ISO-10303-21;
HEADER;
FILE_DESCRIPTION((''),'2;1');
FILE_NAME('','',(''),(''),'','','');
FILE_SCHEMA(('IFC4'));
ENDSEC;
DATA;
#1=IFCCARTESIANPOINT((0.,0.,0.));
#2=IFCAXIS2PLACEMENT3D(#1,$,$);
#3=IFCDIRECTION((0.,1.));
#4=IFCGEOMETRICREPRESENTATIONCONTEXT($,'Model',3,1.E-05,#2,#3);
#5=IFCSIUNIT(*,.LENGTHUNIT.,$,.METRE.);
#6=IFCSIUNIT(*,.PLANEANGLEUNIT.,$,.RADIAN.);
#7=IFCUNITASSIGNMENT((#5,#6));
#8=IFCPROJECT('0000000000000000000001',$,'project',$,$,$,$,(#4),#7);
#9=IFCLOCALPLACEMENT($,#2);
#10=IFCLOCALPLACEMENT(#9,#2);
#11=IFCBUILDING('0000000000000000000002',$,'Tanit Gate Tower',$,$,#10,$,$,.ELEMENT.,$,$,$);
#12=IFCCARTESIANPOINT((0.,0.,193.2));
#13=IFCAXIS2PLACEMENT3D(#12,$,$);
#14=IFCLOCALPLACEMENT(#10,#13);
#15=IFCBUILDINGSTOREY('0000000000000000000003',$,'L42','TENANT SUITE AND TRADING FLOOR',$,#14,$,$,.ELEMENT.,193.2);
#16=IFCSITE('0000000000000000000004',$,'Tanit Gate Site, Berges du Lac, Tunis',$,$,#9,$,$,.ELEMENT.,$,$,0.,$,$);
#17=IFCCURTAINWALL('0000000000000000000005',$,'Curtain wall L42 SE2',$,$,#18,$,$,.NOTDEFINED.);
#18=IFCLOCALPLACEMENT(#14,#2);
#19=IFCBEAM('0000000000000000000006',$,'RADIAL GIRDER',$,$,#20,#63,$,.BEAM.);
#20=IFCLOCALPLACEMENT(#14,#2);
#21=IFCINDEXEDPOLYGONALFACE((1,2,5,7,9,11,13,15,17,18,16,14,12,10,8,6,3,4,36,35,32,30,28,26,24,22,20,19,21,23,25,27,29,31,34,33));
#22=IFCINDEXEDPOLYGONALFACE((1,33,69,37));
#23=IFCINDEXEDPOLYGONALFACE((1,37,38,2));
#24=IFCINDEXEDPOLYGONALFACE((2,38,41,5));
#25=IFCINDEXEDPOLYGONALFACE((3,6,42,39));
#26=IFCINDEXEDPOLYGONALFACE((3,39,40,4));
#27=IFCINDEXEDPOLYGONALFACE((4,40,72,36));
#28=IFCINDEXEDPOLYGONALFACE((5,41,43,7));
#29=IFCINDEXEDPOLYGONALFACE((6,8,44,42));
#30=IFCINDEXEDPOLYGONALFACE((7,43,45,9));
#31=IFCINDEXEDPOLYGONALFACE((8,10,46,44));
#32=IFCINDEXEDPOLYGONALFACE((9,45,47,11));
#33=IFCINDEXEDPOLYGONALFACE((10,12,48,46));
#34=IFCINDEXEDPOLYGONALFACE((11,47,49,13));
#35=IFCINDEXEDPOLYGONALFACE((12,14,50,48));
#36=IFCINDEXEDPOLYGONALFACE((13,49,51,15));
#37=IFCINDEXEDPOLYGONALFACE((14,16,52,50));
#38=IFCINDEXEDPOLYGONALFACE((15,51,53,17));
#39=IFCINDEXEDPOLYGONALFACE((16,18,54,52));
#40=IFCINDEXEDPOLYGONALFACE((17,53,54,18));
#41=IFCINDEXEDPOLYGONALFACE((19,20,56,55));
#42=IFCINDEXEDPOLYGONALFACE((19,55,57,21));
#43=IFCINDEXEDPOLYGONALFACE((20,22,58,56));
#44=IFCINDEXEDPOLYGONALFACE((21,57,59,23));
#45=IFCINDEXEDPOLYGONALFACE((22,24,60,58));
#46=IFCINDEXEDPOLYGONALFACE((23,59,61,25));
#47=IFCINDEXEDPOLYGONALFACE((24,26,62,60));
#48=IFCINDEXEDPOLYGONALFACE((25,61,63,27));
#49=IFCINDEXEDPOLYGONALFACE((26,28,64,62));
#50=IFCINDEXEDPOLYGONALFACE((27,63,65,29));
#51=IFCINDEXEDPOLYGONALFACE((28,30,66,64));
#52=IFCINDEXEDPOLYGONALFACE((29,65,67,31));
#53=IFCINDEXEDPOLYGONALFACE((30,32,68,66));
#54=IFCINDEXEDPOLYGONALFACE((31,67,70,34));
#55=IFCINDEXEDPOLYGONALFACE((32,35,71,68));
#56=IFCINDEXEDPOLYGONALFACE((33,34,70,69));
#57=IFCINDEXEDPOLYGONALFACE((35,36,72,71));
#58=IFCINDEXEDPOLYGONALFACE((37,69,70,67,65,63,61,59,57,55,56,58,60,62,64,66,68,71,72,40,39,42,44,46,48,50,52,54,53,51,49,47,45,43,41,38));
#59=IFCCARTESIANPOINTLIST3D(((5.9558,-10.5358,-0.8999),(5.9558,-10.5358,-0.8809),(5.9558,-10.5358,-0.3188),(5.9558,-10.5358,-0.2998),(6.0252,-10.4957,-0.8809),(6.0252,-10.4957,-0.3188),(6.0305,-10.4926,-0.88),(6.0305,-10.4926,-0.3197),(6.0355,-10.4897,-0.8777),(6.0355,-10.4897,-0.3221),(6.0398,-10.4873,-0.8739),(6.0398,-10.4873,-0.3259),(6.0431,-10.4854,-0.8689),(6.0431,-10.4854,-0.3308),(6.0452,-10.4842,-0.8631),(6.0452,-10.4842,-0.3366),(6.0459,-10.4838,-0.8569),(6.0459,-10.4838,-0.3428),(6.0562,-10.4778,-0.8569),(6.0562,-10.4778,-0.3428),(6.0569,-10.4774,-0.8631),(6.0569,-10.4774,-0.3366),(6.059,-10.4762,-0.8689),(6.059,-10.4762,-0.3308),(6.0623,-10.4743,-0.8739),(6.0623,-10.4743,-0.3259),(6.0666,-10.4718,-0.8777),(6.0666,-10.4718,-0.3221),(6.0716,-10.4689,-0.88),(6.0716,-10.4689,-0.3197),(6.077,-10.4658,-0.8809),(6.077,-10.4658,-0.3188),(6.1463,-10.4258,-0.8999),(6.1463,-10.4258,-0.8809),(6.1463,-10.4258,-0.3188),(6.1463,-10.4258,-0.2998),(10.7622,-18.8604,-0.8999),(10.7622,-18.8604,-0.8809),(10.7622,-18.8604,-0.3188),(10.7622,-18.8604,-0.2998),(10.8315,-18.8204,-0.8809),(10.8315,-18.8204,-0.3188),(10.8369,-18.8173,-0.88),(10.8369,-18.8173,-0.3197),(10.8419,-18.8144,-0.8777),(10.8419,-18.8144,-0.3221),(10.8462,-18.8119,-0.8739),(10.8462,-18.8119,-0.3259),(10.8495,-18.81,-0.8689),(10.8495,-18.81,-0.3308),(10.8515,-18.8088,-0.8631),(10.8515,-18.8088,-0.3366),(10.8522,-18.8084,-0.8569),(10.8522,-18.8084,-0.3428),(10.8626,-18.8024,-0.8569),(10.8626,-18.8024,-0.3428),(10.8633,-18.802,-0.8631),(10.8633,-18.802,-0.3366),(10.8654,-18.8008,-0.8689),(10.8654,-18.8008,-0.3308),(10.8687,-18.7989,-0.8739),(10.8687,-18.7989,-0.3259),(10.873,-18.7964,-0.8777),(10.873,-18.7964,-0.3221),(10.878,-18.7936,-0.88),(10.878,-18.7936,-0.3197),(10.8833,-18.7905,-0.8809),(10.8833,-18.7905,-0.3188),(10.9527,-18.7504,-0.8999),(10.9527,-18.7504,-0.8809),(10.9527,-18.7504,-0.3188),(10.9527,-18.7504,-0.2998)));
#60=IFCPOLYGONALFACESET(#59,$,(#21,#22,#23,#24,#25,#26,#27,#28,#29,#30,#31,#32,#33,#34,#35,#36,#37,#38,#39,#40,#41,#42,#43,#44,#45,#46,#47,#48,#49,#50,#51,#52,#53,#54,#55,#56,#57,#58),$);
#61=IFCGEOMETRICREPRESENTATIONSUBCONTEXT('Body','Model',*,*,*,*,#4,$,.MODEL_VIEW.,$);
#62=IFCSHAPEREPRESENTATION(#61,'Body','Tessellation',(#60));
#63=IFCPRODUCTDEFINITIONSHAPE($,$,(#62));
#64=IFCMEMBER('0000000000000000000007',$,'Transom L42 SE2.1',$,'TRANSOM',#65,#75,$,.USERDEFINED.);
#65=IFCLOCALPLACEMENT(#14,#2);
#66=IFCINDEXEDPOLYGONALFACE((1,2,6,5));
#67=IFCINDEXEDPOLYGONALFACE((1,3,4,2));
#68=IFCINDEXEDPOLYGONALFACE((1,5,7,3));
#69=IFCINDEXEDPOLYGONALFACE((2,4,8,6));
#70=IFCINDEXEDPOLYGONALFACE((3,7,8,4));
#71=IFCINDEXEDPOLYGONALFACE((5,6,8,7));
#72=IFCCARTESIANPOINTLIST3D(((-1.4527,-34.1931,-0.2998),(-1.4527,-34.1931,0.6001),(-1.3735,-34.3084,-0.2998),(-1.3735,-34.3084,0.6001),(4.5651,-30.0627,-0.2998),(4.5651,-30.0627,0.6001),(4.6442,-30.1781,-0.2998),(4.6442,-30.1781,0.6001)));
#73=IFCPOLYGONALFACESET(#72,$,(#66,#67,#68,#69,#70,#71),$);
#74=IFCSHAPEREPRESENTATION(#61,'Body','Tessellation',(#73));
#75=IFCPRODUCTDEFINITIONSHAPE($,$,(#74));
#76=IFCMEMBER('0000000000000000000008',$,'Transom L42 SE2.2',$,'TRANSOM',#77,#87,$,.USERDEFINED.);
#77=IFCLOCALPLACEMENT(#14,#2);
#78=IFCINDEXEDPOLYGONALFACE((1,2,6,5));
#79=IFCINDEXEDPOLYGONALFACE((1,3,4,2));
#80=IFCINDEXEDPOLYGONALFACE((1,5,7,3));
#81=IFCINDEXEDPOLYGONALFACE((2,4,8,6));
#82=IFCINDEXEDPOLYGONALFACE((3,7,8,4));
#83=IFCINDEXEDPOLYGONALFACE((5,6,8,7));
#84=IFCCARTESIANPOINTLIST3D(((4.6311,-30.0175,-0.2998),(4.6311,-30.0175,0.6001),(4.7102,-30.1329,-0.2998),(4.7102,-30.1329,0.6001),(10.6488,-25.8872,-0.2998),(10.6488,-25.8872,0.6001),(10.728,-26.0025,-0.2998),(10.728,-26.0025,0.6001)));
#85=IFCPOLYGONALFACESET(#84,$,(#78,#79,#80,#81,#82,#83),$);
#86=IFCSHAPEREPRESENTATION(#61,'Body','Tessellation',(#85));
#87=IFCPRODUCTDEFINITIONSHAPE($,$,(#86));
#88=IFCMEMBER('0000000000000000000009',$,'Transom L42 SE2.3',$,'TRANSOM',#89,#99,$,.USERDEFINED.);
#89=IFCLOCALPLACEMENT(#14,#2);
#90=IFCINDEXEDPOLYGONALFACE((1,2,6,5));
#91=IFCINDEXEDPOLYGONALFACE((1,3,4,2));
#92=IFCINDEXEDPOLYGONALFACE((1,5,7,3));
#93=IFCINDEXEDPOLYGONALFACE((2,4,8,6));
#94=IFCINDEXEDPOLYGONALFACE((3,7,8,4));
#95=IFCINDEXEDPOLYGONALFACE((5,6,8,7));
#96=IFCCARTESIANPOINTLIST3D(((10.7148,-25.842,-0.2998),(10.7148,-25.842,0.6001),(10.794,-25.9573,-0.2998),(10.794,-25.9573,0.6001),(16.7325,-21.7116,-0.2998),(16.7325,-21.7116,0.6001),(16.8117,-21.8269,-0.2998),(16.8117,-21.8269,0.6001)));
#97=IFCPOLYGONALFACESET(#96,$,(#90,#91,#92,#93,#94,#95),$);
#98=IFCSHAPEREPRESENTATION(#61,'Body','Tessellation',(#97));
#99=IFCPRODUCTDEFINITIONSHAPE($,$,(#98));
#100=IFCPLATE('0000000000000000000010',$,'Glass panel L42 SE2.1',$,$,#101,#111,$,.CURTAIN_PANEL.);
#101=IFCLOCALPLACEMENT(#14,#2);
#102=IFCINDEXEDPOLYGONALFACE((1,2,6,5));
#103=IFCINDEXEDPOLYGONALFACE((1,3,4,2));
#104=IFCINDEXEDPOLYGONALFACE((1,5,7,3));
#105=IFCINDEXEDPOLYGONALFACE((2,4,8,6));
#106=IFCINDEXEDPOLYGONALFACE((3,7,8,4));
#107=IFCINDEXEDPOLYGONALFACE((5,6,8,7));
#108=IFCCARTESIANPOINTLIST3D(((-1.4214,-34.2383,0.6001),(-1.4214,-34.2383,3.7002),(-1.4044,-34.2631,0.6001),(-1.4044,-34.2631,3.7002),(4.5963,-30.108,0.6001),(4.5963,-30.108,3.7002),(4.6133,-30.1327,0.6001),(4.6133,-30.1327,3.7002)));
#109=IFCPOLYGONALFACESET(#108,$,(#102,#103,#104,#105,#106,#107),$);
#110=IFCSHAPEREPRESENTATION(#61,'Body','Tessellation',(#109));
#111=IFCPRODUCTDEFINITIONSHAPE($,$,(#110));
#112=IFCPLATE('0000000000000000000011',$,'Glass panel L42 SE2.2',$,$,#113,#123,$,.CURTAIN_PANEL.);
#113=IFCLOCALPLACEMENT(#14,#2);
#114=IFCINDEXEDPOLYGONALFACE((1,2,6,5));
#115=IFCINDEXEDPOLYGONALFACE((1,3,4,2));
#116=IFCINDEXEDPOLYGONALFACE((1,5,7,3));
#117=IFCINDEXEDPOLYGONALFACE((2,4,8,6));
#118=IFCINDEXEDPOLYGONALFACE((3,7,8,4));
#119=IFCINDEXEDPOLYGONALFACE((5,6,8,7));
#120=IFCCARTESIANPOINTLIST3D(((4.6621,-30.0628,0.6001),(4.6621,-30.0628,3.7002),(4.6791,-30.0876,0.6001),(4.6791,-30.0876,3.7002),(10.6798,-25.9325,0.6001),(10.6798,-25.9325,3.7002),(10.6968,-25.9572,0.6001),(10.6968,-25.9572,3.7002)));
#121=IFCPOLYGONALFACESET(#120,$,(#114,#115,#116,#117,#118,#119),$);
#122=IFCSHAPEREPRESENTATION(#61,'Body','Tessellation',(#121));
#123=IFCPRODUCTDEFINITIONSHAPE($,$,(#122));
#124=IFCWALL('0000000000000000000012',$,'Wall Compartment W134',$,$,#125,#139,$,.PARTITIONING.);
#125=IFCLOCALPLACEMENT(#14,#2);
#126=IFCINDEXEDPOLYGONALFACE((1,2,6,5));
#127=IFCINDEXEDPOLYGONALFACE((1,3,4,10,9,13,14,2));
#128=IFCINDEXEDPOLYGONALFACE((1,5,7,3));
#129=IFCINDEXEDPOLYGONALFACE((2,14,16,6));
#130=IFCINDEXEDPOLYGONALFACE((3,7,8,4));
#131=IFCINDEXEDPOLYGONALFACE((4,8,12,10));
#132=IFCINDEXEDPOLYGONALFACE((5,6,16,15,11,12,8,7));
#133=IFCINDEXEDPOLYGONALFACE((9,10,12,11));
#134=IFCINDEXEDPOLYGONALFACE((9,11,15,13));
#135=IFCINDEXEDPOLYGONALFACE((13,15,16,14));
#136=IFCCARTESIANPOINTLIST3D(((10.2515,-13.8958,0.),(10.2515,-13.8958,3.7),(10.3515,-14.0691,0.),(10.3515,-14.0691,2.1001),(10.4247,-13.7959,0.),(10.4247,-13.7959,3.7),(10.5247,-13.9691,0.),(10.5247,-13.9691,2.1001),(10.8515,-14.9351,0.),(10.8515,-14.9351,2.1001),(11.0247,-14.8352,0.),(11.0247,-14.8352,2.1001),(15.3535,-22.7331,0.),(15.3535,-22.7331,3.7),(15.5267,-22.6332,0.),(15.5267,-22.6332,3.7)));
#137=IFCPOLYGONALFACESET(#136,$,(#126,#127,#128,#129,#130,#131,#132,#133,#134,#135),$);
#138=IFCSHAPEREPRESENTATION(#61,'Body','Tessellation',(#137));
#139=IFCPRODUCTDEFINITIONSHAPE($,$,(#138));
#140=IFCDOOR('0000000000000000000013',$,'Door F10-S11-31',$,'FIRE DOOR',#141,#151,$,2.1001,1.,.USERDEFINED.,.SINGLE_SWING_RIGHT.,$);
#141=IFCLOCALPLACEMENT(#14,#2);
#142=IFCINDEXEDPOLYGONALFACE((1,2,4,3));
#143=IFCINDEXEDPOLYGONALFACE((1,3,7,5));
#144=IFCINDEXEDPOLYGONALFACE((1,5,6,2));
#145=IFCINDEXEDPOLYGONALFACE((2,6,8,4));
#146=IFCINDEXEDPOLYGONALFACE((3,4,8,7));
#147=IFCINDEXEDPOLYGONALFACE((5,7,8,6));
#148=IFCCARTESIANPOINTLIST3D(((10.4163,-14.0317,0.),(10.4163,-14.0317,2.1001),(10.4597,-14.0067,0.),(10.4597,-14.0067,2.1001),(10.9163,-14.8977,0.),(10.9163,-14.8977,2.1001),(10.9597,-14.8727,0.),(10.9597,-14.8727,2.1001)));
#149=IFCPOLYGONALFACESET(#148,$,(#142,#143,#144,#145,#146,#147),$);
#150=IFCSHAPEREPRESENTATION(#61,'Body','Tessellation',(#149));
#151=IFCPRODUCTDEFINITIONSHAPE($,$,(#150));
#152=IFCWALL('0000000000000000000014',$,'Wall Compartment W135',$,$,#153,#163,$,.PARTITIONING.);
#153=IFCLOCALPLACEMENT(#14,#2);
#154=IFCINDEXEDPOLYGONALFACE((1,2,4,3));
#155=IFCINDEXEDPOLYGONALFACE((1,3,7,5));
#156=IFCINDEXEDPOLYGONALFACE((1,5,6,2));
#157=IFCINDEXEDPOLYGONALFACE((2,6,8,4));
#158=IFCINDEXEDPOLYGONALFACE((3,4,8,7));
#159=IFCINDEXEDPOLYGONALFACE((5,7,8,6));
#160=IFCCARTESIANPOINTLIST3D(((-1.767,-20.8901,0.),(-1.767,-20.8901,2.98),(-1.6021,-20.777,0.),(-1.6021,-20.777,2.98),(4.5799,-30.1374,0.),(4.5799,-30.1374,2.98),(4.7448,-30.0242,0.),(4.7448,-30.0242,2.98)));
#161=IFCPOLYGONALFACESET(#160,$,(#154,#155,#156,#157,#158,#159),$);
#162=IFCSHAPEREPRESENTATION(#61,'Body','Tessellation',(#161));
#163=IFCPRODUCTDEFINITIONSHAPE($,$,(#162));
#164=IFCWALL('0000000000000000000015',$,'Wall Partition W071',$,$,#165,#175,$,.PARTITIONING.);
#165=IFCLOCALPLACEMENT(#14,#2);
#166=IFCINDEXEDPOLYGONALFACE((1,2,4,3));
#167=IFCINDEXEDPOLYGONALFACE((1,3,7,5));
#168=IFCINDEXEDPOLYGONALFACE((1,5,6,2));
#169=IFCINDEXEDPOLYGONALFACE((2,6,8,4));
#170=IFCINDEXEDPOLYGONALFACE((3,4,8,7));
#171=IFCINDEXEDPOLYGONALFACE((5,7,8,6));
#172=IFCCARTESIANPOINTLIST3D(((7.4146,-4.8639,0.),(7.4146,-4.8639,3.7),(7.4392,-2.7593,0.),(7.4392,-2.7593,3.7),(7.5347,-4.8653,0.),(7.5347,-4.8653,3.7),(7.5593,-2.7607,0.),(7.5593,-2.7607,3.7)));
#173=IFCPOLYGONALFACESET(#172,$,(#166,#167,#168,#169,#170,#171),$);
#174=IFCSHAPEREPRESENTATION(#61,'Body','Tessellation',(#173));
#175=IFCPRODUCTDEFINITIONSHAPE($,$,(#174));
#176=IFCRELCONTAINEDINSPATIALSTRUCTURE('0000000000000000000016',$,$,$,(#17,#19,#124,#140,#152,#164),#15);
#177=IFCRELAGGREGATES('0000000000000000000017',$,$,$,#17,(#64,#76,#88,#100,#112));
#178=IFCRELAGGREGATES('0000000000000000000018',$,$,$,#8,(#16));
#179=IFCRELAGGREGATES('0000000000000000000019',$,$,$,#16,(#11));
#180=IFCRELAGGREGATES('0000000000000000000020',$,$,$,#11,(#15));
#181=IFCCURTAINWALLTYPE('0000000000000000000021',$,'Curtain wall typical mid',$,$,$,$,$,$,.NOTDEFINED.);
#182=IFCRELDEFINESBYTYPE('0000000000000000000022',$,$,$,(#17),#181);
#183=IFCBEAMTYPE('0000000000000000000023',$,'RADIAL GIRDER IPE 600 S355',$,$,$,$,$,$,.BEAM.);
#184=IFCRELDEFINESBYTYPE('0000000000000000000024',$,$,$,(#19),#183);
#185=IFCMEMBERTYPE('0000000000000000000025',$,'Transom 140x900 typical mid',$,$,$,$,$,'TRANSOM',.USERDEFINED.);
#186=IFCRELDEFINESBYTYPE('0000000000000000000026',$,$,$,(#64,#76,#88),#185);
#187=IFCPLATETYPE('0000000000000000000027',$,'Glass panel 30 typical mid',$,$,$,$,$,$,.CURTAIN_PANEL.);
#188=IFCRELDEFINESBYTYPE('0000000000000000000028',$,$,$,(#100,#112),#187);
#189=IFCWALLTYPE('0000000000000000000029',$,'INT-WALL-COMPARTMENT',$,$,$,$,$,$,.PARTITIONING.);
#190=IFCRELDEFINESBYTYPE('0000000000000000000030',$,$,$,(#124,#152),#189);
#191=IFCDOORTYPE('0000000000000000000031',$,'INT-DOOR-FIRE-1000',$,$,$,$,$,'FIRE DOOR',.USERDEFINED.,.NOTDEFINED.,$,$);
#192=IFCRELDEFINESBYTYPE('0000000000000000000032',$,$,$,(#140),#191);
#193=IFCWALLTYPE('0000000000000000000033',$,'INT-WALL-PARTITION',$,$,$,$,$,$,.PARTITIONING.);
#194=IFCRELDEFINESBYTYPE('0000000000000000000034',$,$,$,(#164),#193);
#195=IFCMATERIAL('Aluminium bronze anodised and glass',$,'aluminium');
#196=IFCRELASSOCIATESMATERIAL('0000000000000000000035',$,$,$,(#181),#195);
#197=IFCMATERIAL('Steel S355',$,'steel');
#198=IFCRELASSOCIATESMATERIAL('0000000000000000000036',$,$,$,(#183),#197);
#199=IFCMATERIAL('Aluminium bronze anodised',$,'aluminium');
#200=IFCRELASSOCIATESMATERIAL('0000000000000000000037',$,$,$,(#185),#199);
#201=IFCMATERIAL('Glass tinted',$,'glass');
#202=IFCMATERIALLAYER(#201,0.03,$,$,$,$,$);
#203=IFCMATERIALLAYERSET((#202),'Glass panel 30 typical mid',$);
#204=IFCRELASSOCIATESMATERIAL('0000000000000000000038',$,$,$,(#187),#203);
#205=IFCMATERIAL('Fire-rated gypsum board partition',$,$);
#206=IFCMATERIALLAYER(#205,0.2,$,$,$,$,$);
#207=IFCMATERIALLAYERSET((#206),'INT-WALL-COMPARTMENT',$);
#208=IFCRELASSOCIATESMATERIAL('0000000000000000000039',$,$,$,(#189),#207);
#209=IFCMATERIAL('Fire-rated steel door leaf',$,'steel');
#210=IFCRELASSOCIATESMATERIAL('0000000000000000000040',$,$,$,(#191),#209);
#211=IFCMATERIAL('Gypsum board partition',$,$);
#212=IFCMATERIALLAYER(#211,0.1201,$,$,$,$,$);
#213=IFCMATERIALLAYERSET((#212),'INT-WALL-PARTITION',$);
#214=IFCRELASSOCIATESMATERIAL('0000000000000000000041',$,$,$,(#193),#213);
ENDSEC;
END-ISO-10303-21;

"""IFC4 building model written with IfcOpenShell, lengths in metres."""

from ifc_helpers import new_model, si_unit, direction, frame, frame_2d, origin, origin_2d, place, context, subcontext, project, spatial, rectangle, i_section, extrude, material, layer, layer_set, material_profile, profile_set, type_object, element, fill, aggregate, save


model = new_model("IFC4")

# Units and contexts
model_context = context("Model", 3, precision=1e-05, world=origin(), true_north=direction((0.0, 1.0)))
body_context = subcontext(model_context, "Body", "Model", "MODEL_VIEW")
ifc_project = project(units=[si_unit("LENGTHUNIT", "METRE"), si_unit("PLANEANGLEUNIT", "RADIAN")], contexts=[model_context])

# Site, building, storey
site_placement = place(None, origin())
site = spatial("IfcSite", under=ifc_project, at=site_placement, Name="Tanit Gate Site, Berges du Lac, Tunis", CompositionType="ELEMENT", RefElevation=0.0)
building_placement = place(site_placement, origin())
building = spatial("IfcBuilding", under=site, at=building_placement, Name="Tanit Gate Tower", CompositionType="ELEMENT")
storey_placement = place(building_placement, frame((0.0, 0.0, 193.2)))
storey = spatial("IfcBuildingStorey", under=building, at=storey_placement, Name="L42", Description="TENANT SUITE AND TRADING FLOOR", CompositionType="ELEMENT", Elevation=193.2)

# Curtain wall
ifc_material_1 = material(Name="Aluminium bronze anodised and glass", Category="aluminium")
curtain_wall_type = type_object("IfcCurtainWallType", Name="Curtain wall typical mid", PredefinedType="NOTDEFINED", material=ifc_material_1)
curtain_wall_1_placement = place(storey_placement, origin())
curtain_wall_1 = element("IfcCurtainWall", 1, at=curtain_wall_1_placement, inside=storey, type_object=curtain_wall_type, Name="Curtain wall L42 SE2", PredefinedType="NOTDEFINED")

# Beam
ifc_material_2 = material(Name="Steel S355", Category="steel")
ifc_material_profile_1 = material_profile(ifc_material_2, i_section(OverallWidth=0.22, OverallDepth=0.6001, WebThickness=0.012, FlangeThickness=0.019, FilletRadius=0.0239, at=origin_2d()), Name="IPE 600")
ifc_profile_set_1 = profile_set([ifc_material_profile_1], Name="Steel S355")
beam_type_1 = type_object("IfcBeamType", Name="RADIAL GIRDER IPE 600 S355", PredefinedType="BEAM", material=ifc_profile_set_1)
beam_1_placement = place(storey_placement, frame((10.8574, -18.8054, -0.5999), z_axis=(-0.50001, 0.86602, 0.0), x_axis=(-0.86602, -0.50001, 0.0)))
element("IfcBeam", 2, at=beam_1_placement, inside=storey, type_object=beam_type_1, Name="RADIAL GIRDER", PredefinedType="BEAM", context=body_context, shape_type="SweptSolid", body=[
    extrude(i_section(OverallWidth=0.22, OverallDepth=0.6001, WebThickness=0.012, FlangeThickness=0.019, FilletRadius=0.0239, at=origin_2d()), origin(), (0.0, 0.0, 1.0), 9.6125),
])

# Members
ifc_material_3 = material(Name="Aluminium bronze anodised", Category="aluminium")
ifc_material_profile_2 = material_profile(ifc_material_3, rectangle(XDim=0.1399, YDim=0.8999, at=origin_2d()), Name="140x900 bronze transom")
ifc_profile_set_2 = profile_set([ifc_material_profile_2], Name="Aluminium bronze anodised")
member_type_1 = type_object("IfcMemberType", Name="Transom 140x900 typical mid", ElementType="TRANSOM", PredefinedType="USERDEFINED", material=ifc_profile_set_2)
member_1_placement = place(storey_placement, frame((-1.4131, -34.2507, 0.1501), z_axis=(0.824482, 0.565888, 0.0), x_axis=(-0.565888, 0.824482, 0.0)))
member_1 = element("IfcMember", 3, at=member_1_placement, type_object=member_type_1, Name="Transom L42 SE2.1", ObjectType="TRANSOM", PredefinedType="USERDEFINED", context=body_context, shape_type="SweptSolid", body=[
    extrude(rectangle(XDim=0.1399, YDim=0.8999, at=origin_2d()), origin(), (0.0, 0.0, 1.0), 7.2988),
])
member_2_placement = place(storey_placement, frame((4.6707, -30.0752, 0.1501), z_axis=(0.824482, 0.565888, 0.0), x_axis=(-0.565888, 0.824482, 0.0)))
member_2 = element("IfcMember", 4, at=member_2_placement, type_object=member_type_1, Name="Transom L42 SE2.2", ObjectType="TRANSOM", PredefinedType="USERDEFINED", context=body_context, shape_type="SweptSolid", body=[
    extrude(rectangle(XDim=0.1399, YDim=0.8999, at=origin_2d()), origin(), (0.0, 0.0, 1.0), 7.2988),
])
member_3_placement = place(storey_placement, frame((10.7544, -25.8997, 0.1501), z_axis=(0.824471, 0.565904, 0.0), x_axis=(-0.565904, 0.824471, 0.0)))
member_3 = element("IfcMember", 5, at=member_3_placement, type_object=member_type_1, Name="Transom L42 SE2.3", ObjectType="TRANSOM", PredefinedType="USERDEFINED", context=body_context, shape_type="SweptSolid", body=[
    extrude(rectangle(XDim=0.1399, YDim=0.8999, at=origin_2d()), origin(), (0.0, 0.0, 1.0), 7.2988),
])

# Plates
ifc_material_4 = material(Name="Glass tinted", Category="glass")
ifc_layer_1 = layer(ifc_material_4, 0.03)
ifc_layer_set_1 = layer_set([ifc_layer_1], Name="Glass panel 30 typical mid")
plate_type = type_object("IfcPlateType", Name="Glass panel 30 typical mid", PredefinedType="CURTAIN_PANEL", material=ifc_layer_set_1)
plate_1_placement = place(storey_placement, frame((1.5959, -32.1855, 0.6001), z_axis=(0.0, 0.0, 1.0), x_axis=(0.824479, 0.565893, 0.0)))
plate_1 = element("IfcPlate", 6, at=plate_1_placement, type_object=plate_type, Name="Glass panel L42 SE2.1", PredefinedType="CURTAIN_PANEL", context=body_context, shape_type="SweptSolid", body=[
    extrude(rectangle(XDim=7.2988, YDim=0.03, at=origin_2d()), origin(), (0.0, 0.0, 1.0), 3.1001),
])
plate_2_placement = place(storey_placement, frame((7.6794, -28.01, 0.6001), z_axis=(0.0, 0.0, 1.0), x_axis=(0.824479, 0.565893, 0.0)))
plate_2 = element("IfcPlate", 7, at=plate_2_placement, type_object=plate_type, Name="Glass panel L42 SE2.2", PredefinedType="CURTAIN_PANEL", context=body_context, shape_type="SweptSolid", body=[
    extrude(rectangle(XDim=7.2988, YDim=0.03, at=origin_2d()), origin(), (0.0, 0.0, 1.0), 3.1001),
])
aggregate(curtain_wall_1, [member_1, member_2, member_3, plate_1, plate_2])

# Wall, opening, door
ifc_material_5 = material(Name="Fire-rated gypsum board partition")
ifc_layer_2 = layer(ifc_material_5, 0.2)
ifc_layer_set_2 = layer_set([ifc_layer_2], Name="INT-WALL-COMPARTMENT")
wall_type_1 = type_object("IfcWallType", Name="INT-WALL-COMPARTMENT", PredefinedType="PARTITIONING", material=ifc_layer_set_2)
wall_1_placement = place(storey_placement, frame((10.3381, -13.8459, 0.0), z_axis=(0.0, 0.0, 1.0), x_axis=(0.499983, -0.866035, 0.0)))
wall_1 = element("IfcWall", 8, at=wall_1_placement, inside=storey, type_object=wall_type_1, Name="Wall Compartment W134", PredefinedType="PARTITIONING", context=body_context, shape_type="SweptSolid", body=[
    extrude(rectangle(XDim=10.2043, YDim=0.2, at=frame_2d((5.1021, 0.0))), origin(), (0.0, 0.0, 1.0), 3.7),
])
opening_placement = place(wall_1_placement, frame((0.2, 0.0, 0.0)))
opening = element("IfcOpeningElement", 9, at=opening_placement, cuts=wall_1, PredefinedType="OPENING", context=body_context, shape_type="SweptSolid", body=[
    extrude(rectangle(XDim=1.0, YDim=2.1001, at=frame_2d((0.5, 1.05))), frame((0.0, 0.1099, 0.0), z_axis=(0.0, -1.0, 0.0), x_axis=(1.0, 0.0, 0.0)), (0.0, 0.0, 1.0), 0.22),
])
ifc_material_6 = material(Name="Fire-rated steel door leaf", Category="steel")
door_type = type_object("IfcDoorType", Name="INT-DOOR-FIRE-1000", ElementType="FIRE DOOR", OperationType="NOTDEFINED", PredefinedType="USERDEFINED", material=ifc_material_6)
door_placement = place(opening_placement, origin())
door = element("IfcDoor", 10, at=door_placement, inside=storey, type_object=door_type, Name="Door F10-S11-31", ObjectType="FIRE DOOR", OperationType="SINGLE_SWING_RIGHT", OverallHeight=2.1001, OverallWidth=1.0, PredefinedType="USERDEFINED", context=body_context, shape_type="SweptSolid", body=[
    extrude(rectangle(XDim=1.0, YDim=2.1001, at=frame_2d((0.5, 1.05))), frame((0.0, 0.0249, 0.0), z_axis=(0.0, -1.0, 0.0), x_axis=(1.0, 0.0, 0.0)), (0.0, 0.0, 1.0), 0.05),
])
fill(opening, door)

# Walls
wall_2_placement = place(storey_placement, frame((4.6624, -30.0808, 0.0), z_axis=(0.0, 0.0, 1.0), x_axis=(-0.565887, 0.824483, 0.0)))
element("IfcWall", 11, at=wall_2_placement, inside=storey, type_object=wall_type_1, Name="Wall Compartment W135", PredefinedType="PARTITIONING", context=body_context, shape_type="SweptSolid", body=[
    extrude(rectangle(XDim=11.2158, YDim=0.2, at=frame_2d((5.6079, 0.0))), origin(), (0.0, 0.0, 1.0), 2.98),
])
ifc_material_7 = material(Name="Gypsum board partition")
ifc_layer_3 = layer(ifc_material_7, 0.1201)
ifc_layer_set_3 = layer_set([ifc_layer_3], Name="INT-WALL-PARTITION")
wall_type_2 = type_object("IfcWallType", Name="INT-WALL-PARTITION", PredefinedType="PARTITIONING", material=ifc_layer_set_3)
wall_3_placement = place(storey_placement, frame((7.4746, -4.8645, 0.0), z_axis=(0.0, 0.0, 1.0), x_axis=(0.011716, 0.999931, 0.0)))
element("IfcWall", 12, at=wall_3_placement, inside=storey, type_object=wall_type_2, Name="Wall Partition W071", PredefinedType="PARTITIONING", context=body_context, shape_type="SweptSolid", body=[
    extrude(rectangle(XDim=2.1047, YDim=0.1201, at=frame_2d((1.0522, 0.0))), origin(), (0.0, 0.0, 1.0), 3.7),
])

save(model, "model.ifc")
